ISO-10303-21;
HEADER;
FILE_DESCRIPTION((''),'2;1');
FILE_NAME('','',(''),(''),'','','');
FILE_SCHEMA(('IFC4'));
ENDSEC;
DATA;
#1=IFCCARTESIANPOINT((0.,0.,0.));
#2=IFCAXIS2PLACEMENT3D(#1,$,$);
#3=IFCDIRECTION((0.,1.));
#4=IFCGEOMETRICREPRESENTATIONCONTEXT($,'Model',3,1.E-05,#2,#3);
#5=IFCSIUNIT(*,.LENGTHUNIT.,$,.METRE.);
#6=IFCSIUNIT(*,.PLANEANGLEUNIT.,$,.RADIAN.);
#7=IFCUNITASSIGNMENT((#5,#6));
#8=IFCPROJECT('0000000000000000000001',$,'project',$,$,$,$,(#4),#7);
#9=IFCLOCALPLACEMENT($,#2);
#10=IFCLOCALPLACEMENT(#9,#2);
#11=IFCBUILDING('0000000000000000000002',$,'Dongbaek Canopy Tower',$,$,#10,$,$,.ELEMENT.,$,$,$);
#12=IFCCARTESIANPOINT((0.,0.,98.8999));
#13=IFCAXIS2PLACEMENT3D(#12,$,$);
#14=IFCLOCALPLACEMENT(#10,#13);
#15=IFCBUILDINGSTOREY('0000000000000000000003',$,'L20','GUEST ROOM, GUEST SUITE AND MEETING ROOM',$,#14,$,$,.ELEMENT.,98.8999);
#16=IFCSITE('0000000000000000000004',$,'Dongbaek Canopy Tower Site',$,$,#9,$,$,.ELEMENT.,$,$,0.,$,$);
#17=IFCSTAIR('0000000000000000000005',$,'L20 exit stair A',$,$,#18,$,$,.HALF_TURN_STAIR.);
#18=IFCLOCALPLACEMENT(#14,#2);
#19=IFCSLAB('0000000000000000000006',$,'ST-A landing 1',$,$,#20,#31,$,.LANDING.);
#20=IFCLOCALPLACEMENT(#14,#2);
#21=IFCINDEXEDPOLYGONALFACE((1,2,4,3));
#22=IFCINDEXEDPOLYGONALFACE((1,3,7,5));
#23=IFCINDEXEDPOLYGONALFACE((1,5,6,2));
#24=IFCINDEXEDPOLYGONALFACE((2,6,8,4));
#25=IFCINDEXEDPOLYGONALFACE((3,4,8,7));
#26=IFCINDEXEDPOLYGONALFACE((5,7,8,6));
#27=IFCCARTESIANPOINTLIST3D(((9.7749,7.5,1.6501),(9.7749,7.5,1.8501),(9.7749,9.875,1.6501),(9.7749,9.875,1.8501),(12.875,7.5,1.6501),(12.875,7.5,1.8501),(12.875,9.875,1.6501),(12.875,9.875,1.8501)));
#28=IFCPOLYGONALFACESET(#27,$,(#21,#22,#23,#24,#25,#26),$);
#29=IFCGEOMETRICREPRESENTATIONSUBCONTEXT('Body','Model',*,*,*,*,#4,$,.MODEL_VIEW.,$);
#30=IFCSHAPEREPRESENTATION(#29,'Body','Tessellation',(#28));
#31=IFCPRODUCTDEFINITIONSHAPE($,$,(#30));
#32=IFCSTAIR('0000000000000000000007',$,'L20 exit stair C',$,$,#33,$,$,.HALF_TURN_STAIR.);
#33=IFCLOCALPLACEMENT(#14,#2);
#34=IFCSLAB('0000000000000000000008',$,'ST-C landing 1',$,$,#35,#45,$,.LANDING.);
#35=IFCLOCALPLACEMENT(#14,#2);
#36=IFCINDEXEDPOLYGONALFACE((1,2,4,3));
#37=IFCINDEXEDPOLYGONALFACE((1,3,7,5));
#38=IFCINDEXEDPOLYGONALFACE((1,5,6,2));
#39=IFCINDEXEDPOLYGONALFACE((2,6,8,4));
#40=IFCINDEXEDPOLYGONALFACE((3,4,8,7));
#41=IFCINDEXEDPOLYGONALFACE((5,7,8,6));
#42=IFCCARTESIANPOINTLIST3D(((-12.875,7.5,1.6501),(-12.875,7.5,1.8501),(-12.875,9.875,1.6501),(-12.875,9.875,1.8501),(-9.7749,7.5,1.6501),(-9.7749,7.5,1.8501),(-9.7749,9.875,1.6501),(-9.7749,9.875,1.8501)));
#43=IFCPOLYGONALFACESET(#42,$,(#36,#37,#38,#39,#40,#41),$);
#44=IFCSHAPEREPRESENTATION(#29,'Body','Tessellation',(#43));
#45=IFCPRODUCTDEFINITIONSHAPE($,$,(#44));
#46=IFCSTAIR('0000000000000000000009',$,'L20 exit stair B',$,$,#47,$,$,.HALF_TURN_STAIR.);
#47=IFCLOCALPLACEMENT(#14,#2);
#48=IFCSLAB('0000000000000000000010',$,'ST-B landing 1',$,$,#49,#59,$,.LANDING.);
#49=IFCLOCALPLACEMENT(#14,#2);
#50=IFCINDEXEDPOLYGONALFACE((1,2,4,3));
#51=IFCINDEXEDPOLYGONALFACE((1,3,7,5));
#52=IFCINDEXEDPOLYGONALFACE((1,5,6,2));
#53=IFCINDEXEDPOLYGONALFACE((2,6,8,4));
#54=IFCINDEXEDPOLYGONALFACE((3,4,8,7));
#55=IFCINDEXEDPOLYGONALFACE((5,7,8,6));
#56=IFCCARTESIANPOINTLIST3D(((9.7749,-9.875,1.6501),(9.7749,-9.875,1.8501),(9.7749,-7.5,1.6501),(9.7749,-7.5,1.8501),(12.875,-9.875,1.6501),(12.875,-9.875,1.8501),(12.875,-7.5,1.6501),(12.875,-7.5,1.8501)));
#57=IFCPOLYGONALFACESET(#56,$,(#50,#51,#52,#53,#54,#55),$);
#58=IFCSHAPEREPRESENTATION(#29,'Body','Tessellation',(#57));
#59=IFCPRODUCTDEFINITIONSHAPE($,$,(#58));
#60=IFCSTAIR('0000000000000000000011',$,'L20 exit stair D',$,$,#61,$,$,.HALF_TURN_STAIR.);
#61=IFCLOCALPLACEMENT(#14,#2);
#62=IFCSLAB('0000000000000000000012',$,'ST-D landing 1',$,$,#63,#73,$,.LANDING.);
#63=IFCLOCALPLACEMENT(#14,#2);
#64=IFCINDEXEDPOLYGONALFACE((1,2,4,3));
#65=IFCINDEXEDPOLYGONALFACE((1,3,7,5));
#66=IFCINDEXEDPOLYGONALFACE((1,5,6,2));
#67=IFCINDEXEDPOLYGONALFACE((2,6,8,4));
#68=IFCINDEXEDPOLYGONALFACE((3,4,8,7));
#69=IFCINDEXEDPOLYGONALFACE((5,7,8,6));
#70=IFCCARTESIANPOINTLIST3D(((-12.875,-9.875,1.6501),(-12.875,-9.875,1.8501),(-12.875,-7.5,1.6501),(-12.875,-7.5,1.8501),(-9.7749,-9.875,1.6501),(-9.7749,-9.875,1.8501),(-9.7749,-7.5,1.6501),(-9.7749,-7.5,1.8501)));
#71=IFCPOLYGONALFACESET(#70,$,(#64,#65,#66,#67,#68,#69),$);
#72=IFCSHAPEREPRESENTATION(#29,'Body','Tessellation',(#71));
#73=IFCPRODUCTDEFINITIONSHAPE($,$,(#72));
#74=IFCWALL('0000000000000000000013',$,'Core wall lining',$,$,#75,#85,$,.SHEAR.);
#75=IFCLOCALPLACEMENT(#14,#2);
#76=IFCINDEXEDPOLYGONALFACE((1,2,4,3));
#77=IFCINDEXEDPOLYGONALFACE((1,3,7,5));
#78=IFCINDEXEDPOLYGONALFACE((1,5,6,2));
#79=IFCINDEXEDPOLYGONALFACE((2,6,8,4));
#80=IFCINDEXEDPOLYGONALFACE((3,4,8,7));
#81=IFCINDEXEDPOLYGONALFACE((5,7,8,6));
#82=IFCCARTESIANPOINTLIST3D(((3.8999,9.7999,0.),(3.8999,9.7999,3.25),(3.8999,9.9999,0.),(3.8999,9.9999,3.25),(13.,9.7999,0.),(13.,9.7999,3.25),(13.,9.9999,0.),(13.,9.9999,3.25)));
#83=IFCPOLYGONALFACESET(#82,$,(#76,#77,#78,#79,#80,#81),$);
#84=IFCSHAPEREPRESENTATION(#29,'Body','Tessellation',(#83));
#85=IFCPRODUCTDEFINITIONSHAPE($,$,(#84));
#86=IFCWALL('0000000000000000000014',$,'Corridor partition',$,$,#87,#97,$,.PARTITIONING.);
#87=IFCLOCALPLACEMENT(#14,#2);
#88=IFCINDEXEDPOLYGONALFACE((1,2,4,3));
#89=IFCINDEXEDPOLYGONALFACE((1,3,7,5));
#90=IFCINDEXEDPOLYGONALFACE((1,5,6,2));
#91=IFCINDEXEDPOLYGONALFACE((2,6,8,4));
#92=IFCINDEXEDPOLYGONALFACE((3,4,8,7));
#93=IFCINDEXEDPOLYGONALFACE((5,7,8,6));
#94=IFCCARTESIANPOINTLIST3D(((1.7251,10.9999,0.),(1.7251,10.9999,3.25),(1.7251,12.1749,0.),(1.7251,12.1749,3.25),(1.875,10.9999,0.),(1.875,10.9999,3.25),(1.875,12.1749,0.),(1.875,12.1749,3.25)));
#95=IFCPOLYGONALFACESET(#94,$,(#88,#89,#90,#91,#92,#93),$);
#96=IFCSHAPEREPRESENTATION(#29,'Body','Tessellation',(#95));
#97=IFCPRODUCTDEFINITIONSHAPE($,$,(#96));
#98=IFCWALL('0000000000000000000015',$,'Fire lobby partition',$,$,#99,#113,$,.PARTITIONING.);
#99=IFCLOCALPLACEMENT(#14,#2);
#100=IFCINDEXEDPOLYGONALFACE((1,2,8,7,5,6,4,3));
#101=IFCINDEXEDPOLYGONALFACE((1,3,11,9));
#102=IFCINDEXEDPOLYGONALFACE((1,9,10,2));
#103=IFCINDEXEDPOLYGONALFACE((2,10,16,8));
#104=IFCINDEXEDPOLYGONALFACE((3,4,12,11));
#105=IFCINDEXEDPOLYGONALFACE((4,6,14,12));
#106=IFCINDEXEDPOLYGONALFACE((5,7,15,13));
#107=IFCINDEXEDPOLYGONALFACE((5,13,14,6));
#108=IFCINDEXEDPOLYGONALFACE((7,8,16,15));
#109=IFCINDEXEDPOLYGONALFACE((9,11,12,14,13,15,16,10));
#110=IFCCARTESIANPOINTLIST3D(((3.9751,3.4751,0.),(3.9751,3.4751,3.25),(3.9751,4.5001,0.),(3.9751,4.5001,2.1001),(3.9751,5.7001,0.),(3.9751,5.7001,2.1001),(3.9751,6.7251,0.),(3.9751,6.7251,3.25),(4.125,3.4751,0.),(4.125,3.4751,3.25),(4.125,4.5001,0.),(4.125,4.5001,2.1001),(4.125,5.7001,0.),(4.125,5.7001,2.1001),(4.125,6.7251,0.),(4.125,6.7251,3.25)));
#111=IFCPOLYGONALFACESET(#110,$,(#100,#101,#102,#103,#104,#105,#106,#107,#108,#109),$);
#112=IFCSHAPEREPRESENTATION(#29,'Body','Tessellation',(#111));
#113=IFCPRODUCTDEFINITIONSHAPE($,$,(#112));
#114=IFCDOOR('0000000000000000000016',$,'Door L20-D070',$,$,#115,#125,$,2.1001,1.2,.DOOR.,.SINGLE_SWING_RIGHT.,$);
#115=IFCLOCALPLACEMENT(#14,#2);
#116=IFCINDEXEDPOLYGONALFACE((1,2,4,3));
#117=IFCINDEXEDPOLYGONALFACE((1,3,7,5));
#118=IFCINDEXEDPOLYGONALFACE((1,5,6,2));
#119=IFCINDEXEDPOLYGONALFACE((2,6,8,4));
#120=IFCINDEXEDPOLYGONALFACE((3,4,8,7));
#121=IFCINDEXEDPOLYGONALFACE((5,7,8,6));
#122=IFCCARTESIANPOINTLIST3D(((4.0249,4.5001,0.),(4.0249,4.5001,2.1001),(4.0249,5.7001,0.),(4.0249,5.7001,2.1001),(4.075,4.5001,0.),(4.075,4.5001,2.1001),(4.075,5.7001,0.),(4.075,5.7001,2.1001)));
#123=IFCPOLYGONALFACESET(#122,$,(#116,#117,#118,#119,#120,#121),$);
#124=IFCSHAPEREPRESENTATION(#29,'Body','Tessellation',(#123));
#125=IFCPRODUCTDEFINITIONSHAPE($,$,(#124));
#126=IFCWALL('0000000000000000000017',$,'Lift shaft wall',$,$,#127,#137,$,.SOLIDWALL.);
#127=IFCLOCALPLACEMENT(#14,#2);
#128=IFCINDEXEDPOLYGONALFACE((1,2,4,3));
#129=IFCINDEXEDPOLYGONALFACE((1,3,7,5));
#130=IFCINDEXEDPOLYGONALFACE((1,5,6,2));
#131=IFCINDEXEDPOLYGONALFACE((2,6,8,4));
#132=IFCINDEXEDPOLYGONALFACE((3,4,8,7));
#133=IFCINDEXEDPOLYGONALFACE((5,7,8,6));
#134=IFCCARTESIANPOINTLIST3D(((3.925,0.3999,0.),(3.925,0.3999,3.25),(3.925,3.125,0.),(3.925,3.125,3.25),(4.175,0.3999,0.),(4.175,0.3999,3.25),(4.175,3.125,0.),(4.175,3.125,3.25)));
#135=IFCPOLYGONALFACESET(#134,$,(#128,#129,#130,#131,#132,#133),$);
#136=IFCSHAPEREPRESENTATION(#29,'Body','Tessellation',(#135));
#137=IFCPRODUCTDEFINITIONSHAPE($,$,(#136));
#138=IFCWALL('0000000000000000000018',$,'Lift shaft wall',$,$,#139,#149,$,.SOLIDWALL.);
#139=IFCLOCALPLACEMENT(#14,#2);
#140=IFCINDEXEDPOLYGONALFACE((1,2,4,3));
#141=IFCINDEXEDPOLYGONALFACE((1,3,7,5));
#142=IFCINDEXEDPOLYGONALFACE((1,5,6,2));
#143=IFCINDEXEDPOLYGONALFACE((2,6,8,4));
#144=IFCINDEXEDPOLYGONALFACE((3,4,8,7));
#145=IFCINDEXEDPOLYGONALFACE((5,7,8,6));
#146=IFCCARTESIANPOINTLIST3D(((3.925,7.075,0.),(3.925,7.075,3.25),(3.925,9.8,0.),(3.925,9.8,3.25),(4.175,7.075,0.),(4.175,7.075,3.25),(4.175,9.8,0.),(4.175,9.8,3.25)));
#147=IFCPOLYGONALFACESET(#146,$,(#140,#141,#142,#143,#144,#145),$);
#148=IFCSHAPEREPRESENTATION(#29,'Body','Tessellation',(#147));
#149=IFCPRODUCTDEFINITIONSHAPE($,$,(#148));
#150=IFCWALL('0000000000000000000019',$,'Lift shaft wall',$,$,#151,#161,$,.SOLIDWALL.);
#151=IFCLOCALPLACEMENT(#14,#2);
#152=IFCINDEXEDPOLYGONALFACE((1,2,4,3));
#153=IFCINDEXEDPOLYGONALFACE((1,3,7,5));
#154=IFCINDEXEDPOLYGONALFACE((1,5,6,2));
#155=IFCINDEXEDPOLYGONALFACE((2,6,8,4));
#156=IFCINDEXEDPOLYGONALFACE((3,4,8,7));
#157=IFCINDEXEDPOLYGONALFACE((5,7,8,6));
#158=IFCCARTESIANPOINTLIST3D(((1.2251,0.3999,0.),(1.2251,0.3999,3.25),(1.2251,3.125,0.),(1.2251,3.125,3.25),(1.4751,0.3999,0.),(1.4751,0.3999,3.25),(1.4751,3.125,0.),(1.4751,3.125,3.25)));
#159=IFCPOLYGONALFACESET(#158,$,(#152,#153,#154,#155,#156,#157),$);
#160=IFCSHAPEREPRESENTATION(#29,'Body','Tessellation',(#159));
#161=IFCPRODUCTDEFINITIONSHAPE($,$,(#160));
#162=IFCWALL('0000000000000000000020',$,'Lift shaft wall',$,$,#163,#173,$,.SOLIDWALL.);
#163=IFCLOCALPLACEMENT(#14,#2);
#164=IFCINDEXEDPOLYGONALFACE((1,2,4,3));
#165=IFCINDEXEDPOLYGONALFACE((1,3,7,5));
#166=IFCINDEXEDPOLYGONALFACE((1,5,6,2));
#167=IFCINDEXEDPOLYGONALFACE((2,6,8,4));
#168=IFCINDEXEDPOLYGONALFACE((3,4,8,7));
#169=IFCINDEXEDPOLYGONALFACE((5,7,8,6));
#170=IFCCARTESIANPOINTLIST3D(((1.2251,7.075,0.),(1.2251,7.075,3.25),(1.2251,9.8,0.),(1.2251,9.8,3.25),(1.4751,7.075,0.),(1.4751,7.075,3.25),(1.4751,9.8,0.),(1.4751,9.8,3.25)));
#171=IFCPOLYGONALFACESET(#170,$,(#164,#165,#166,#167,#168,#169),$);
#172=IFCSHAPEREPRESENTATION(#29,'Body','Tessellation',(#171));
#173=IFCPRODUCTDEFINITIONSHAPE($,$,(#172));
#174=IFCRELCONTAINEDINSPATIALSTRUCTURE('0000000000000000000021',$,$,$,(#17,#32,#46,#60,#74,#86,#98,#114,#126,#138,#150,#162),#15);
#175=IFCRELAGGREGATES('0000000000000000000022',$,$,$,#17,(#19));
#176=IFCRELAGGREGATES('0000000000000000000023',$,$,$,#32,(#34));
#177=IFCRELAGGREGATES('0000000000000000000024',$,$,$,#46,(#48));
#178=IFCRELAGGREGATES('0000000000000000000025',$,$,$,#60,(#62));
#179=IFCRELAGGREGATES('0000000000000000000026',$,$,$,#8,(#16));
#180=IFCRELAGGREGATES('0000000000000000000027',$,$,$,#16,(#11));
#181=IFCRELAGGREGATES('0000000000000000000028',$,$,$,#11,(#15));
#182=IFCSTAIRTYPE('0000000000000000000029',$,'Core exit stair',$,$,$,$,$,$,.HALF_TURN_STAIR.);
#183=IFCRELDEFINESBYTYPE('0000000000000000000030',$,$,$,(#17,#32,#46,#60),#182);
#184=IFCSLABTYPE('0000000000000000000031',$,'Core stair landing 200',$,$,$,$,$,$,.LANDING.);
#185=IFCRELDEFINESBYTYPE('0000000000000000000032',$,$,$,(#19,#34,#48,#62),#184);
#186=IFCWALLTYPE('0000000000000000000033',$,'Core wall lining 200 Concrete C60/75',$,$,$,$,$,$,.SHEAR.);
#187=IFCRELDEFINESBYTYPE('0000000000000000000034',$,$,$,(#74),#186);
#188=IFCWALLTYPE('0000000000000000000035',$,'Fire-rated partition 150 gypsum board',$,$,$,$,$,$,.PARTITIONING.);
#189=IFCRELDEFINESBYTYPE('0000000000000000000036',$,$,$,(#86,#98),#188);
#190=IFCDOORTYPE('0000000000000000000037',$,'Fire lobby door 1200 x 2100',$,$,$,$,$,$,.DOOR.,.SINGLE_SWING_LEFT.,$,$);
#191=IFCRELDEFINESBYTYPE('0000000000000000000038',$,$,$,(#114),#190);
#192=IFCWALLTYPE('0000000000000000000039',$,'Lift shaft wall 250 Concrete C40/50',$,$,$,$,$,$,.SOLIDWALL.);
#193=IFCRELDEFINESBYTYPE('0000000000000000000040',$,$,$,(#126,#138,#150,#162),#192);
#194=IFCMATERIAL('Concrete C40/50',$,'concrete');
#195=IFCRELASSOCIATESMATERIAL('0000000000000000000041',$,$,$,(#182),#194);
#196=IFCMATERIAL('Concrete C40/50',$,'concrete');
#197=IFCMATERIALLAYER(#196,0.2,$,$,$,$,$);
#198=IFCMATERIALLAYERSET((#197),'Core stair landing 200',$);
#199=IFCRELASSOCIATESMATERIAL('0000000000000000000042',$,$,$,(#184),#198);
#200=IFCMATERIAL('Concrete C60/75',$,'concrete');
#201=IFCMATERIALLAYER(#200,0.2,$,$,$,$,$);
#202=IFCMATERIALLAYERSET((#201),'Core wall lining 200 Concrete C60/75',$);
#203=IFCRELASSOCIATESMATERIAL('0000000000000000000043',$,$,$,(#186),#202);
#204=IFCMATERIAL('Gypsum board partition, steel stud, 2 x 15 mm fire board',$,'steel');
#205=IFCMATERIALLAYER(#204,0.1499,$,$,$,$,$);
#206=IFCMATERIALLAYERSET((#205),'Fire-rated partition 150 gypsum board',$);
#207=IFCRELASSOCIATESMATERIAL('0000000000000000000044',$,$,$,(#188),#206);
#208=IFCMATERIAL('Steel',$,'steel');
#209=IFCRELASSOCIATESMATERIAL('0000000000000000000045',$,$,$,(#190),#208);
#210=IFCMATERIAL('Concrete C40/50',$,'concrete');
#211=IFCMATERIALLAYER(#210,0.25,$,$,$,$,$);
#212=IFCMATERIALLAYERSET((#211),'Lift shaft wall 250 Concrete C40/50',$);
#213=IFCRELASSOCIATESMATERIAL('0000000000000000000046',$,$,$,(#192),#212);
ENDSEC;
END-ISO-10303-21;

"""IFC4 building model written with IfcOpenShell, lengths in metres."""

from ifc_helpers import new_model, si_unit, direction, frame, frame_2d, origin, place, context, subcontext, project, spatial, polyline, rectangle, outline, extrude, material, layer, layer_set, type_object, element, fill, aggregate, save


model = new_model("IFC4")

# Units and contexts
model_context = context("Model", 3, precision=1e-05, world=origin(), true_north=direction((0.0, 1.0)))
body_context = subcontext(model_context, "Body", "Model", "MODEL_VIEW")
ifc_project = project(units=[si_unit("LENGTHUNIT", "METRE"), si_unit("PLANEANGLEUNIT", "RADIAN")], contexts=[model_context])

# Site, building, storey
site_placement = place(None, origin())
site = spatial("IfcSite", under=ifc_project, at=site_placement, Name="Dongbaek Canopy Tower Site", CompositionType="ELEMENT", RefElevation=0.0)
building_placement = place(site_placement, origin())
building = spatial("IfcBuilding", under=site, at=building_placement, Name="Dongbaek Canopy Tower", CompositionType="ELEMENT")
storey_placement = place(building_placement, frame((0.0, 0.0, 98.8999)))
storey = spatial("IfcBuildingStorey", under=building, at=storey_placement, Name="L20", Description="GUEST ROOM, GUEST SUITE AND MEETING ROOM", CompositionType="ELEMENT", Elevation=98.8999)

# Stairs, slabs
ifc_material_1 = material(Name="Concrete C40/50", Category="concrete")
stair_type = type_object("IfcStairType", Name="Core exit stair", PredefinedType="HALF_TURN_STAIR", material=ifc_material_1)
stair_1_placement = place(storey_placement, origin())
stair_1 = element("IfcStair", 1, at=stair_1_placement, inside=storey, type_object=stair_type, Name="L20 exit stair A", PredefinedType="HALF_TURN_STAIR")
ifc_material_2 = material(Name="Concrete C40/50", Category="concrete")
ifc_layer_1 = layer(ifc_material_2, 0.2)
ifc_layer_set_1 = layer_set([ifc_layer_1], Name="Core stair landing 200")
slab_type = type_object("IfcSlabType", Name="Core stair landing 200", PredefinedType="LANDING", material=ifc_layer_set_1)
slab_1_placement = place(storey_placement, frame((0.0, 0.0, 1.6501)))
slab_1 = element("IfcSlab", 2, at=slab_1_placement, type_object=slab_type, Name="ST-A landing 1", PredefinedType="LANDING", context=body_context, shape_type="SweptSolid", body=[
    extrude(outline(polyline([(12.875, 7.5), (12.875, 9.875), (9.7749, 9.875), (9.7749, 7.5), (12.875, 7.5)])), origin(), (0.0, 0.0, 1.0), 0.2),
])
aggregate(stair_1, [slab_1])
stair_2_placement = place(storey_placement, origin())
stair_2 = element("IfcStair", 3, at=stair_2_placement, inside=storey, type_object=stair_type, Name="L20 exit stair C", PredefinedType="HALF_TURN_STAIR")
slab_2_placement = place(storey_placement, frame((0.0, 0.0, 1.6501)))
slab_2 = element("IfcSlab", 4, at=slab_2_placement, type_object=slab_type, Name="ST-C landing 1", PredefinedType="LANDING", context=body_context, shape_type="SweptSolid", body=[
    extrude(outline(polyline([(-9.7749, 7.5), (-9.7749, 9.875), (-12.875, 9.875), (-12.875, 7.5), (-9.7749, 7.5)])), origin(), (0.0, 0.0, 1.0), 0.2),
])
aggregate(stair_2, [slab_2])
stair_3_placement = place(storey_placement, origin())
stair_3 = element("IfcStair", 5, at=stair_3_placement, inside=storey, type_object=stair_type, Name="L20 exit stair B", PredefinedType="HALF_TURN_STAIR")
slab_3_placement = place(storey_placement, frame((0.0, 0.0, 1.6501)))
slab_3 = element("IfcSlab", 6, at=slab_3_placement, type_object=slab_type, Name="ST-B landing 1", PredefinedType="LANDING", context=body_context, shape_type="SweptSolid", body=[
    extrude(outline(polyline([(9.7749, -7.5), (9.7749, -9.875), (12.875, -9.875), (12.875, -7.5), (9.7749, -7.5)])), origin(), (0.0, 0.0, 1.0), 0.2),
])
aggregate(stair_3, [slab_3])
stair_4_placement = place(storey_placement, origin())
stair_4 = element("IfcStair", 7, at=stair_4_placement, inside=storey, type_object=stair_type, Name="L20 exit stair D", PredefinedType="HALF_TURN_STAIR")
slab_4_placement = place(storey_placement, frame((0.0, 0.0, 1.6501)))
slab_4 = element("IfcSlab", 8, at=slab_4_placement, type_object=slab_type, Name="ST-D landing 1", PredefinedType="LANDING", context=body_context, shape_type="SweptSolid", body=[
    extrude(outline(polyline([(-12.875, -7.5), (-12.875, -9.875), (-9.7749, -9.875), (-9.7749, -7.5), (-12.875, -7.5)])), origin(), (0.0, 0.0, 1.0), 0.2),
])
aggregate(stair_4, [slab_4])

# Walls
ifc_material_3 = material(Name="Concrete C60/75", Category="concrete")
ifc_layer_2 = layer(ifc_material_3, 0.2)
ifc_layer_set_2 = layer_set([ifc_layer_2], Name="Core wall lining 200 Concrete C60/75")
wall_type_1 = type_object("IfcWallType", Name="Core wall lining 200 Concrete C60/75", PredefinedType="SHEAR", material=ifc_layer_set_2)
wall_1_placement = place(storey_placement, frame((3.8999, 9.8999, 0.0), z_axis=(0.0, 0.0, 1.0), x_axis=(1.0, 0.0, 0.0)))
element("IfcWall", 9, at=wall_1_placement, inside=storey, type_object=wall_type_1, Name="Core wall lining", PredefinedType="SHEAR", context=body_context, shape_type="SweptSolid", body=[
    extrude(rectangle(XDim=9.1001, YDim=0.2, at=frame_2d((4.55, 0.0))), origin(), (0.0, 0.0, 1.0), 3.25),
])
ifc_material_4 = material(Name="Gypsum board partition, steel stud, 2 x 15 mm fire board", Category="steel")
ifc_layer_3 = layer(ifc_material_4, 0.1499)
ifc_layer_set_3 = layer_set([ifc_layer_3], Name="Fire-rated partition 150 gypsum board")
wall_type_2 = type_object("IfcWallType", Name="Fire-rated partition 150 gypsum board", PredefinedType="PARTITIONING", material=ifc_layer_set_3)
wall_2_placement = place(storey_placement, frame((1.8, 11.0, 0.0), z_axis=(0.0, 0.0, 1.0), x_axis=(0.0, 1.0, 0.0)))
element("IfcWall", 10, at=wall_2_placement, inside=storey, type_object=wall_type_2, Name="Corridor partition", PredefinedType="PARTITIONING", context=body_context, shape_type="SweptSolid", body=[
    extrude(rectangle(XDim=1.175, YDim=0.1499, at=frame_2d((0.5874, 0.0))), origin(), (0.0, 0.0, 1.0), 3.25),
])

# Wall, opening, door
wall_3_placement = place(storey_placement, frame((4.05, 6.7251, 0.0), z_axis=(0.0, 0.0, 1.0), x_axis=(0.0, -1.0, 0.0)))
wall_3 = element("IfcWall", 11, at=wall_3_placement, inside=storey, type_object=wall_type_2, Name="Fire lobby partition", PredefinedType="PARTITIONING", context=body_context, shape_type="SweptSolid", body=[
    extrude(rectangle(XDim=3.25, YDim=0.1499, at=frame_2d((1.625, 0.0))), origin(), (0.0, 0.0, 1.0), 3.25),
])
opening_1_placement = place(wall_3_placement, frame((1.0249, 0.0, 0.0)))
opening_1 = element("IfcOpeningElement", 12, at=opening_1_placement, cuts=wall_3, PredefinedType="OPENING", context=body_context, shape_type="SweptSolid", body=[
    extrude(rectangle(XDim=1.2, YDim=2.1001, at=frame_2d((0.6001, 1.05))), frame((0.0, 0.085, 0.0), z_axis=(0.0, -1.0, 0.0), x_axis=(1.0, 0.0, 0.0)), (0.0, 0.0, 1.0), 0.1699),
])
ifc_material_5 = material(Name="Steel", Category="steel")
door_type = type_object("IfcDoorType", Name="Fire lobby door 1200 x 2100", OperationType="SINGLE_SWING_LEFT", PredefinedType="DOOR", material=ifc_material_5)
door_1_placement = place(opening_1_placement, origin())
door_1 = element("IfcDoor", 13, at=door_1_placement, inside=storey, type_object=door_type, Name="Door L20-D070", OperationType="SINGLE_SWING_RIGHT", OverallHeight=2.1001, OverallWidth=1.2, PredefinedType="DOOR", context=body_context, shape_type="SweptSolid", body=[
    extrude(rectangle(XDim=1.2, YDim=2.1001, at=frame_2d((0.6001, 1.05))), frame((0.0, 0.0249, 0.0), z_axis=(0.0, -1.0, 0.0), x_axis=(1.0, 0.0, 0.0)), (0.0, 0.0, 1.0), 0.05),
])
fill(opening_1, door_1)

# Walls
ifc_material_6 = material(Name="Concrete C40/50", Category="concrete")
ifc_layer_4 = layer(ifc_material_6, 0.25)
ifc_layer_set_4 = layer_set([ifc_layer_4], Name="Lift shaft wall 250 Concrete C40/50")
wall_type_3 = type_object("IfcWallType", Name="Lift shaft wall 250 Concrete C40/50", PredefinedType="SOLIDWALL", material=ifc_layer_set_4)
for number, where, z_axis, x_axis, name in (
    (14, (4.05, 0.3999, 0.0), (0.0, 0.0, 1.0), (0.0, 1.0, 0.0), "Lift shaft wall"),
    (15, (4.05, 7.075, 0.0), (0.0, 0.0, 1.0), (0.0, 1.0, 0.0), "Lift shaft wall"),
    (16, (1.3501, 0.3999, 0.0), (0.0, 0.0, 1.0), (0.0, 1.0, 0.0), "Lift shaft wall"),
    (17, (1.3501, 7.075, 0.0), (0.0, 0.0, 1.0), (0.0, 1.0, 0.0), "Lift shaft wall"),
):
    element("IfcWall", number, at=place(storey_placement, frame(where, z_axis=z_axis, x_axis=x_axis)), inside=storey, type_object=wall_type_3, Name=name, PredefinedType="SOLIDWALL", context=body_context, shape_type="SweptSolid", body=[
        extrude(rectangle(XDim=2.7251, YDim=0.25, at=frame_2d((1.3625, 0.0))), origin(), (0.0, 0.0, 1.0), 3.25),
    ])

save(model, "model.ifc")
